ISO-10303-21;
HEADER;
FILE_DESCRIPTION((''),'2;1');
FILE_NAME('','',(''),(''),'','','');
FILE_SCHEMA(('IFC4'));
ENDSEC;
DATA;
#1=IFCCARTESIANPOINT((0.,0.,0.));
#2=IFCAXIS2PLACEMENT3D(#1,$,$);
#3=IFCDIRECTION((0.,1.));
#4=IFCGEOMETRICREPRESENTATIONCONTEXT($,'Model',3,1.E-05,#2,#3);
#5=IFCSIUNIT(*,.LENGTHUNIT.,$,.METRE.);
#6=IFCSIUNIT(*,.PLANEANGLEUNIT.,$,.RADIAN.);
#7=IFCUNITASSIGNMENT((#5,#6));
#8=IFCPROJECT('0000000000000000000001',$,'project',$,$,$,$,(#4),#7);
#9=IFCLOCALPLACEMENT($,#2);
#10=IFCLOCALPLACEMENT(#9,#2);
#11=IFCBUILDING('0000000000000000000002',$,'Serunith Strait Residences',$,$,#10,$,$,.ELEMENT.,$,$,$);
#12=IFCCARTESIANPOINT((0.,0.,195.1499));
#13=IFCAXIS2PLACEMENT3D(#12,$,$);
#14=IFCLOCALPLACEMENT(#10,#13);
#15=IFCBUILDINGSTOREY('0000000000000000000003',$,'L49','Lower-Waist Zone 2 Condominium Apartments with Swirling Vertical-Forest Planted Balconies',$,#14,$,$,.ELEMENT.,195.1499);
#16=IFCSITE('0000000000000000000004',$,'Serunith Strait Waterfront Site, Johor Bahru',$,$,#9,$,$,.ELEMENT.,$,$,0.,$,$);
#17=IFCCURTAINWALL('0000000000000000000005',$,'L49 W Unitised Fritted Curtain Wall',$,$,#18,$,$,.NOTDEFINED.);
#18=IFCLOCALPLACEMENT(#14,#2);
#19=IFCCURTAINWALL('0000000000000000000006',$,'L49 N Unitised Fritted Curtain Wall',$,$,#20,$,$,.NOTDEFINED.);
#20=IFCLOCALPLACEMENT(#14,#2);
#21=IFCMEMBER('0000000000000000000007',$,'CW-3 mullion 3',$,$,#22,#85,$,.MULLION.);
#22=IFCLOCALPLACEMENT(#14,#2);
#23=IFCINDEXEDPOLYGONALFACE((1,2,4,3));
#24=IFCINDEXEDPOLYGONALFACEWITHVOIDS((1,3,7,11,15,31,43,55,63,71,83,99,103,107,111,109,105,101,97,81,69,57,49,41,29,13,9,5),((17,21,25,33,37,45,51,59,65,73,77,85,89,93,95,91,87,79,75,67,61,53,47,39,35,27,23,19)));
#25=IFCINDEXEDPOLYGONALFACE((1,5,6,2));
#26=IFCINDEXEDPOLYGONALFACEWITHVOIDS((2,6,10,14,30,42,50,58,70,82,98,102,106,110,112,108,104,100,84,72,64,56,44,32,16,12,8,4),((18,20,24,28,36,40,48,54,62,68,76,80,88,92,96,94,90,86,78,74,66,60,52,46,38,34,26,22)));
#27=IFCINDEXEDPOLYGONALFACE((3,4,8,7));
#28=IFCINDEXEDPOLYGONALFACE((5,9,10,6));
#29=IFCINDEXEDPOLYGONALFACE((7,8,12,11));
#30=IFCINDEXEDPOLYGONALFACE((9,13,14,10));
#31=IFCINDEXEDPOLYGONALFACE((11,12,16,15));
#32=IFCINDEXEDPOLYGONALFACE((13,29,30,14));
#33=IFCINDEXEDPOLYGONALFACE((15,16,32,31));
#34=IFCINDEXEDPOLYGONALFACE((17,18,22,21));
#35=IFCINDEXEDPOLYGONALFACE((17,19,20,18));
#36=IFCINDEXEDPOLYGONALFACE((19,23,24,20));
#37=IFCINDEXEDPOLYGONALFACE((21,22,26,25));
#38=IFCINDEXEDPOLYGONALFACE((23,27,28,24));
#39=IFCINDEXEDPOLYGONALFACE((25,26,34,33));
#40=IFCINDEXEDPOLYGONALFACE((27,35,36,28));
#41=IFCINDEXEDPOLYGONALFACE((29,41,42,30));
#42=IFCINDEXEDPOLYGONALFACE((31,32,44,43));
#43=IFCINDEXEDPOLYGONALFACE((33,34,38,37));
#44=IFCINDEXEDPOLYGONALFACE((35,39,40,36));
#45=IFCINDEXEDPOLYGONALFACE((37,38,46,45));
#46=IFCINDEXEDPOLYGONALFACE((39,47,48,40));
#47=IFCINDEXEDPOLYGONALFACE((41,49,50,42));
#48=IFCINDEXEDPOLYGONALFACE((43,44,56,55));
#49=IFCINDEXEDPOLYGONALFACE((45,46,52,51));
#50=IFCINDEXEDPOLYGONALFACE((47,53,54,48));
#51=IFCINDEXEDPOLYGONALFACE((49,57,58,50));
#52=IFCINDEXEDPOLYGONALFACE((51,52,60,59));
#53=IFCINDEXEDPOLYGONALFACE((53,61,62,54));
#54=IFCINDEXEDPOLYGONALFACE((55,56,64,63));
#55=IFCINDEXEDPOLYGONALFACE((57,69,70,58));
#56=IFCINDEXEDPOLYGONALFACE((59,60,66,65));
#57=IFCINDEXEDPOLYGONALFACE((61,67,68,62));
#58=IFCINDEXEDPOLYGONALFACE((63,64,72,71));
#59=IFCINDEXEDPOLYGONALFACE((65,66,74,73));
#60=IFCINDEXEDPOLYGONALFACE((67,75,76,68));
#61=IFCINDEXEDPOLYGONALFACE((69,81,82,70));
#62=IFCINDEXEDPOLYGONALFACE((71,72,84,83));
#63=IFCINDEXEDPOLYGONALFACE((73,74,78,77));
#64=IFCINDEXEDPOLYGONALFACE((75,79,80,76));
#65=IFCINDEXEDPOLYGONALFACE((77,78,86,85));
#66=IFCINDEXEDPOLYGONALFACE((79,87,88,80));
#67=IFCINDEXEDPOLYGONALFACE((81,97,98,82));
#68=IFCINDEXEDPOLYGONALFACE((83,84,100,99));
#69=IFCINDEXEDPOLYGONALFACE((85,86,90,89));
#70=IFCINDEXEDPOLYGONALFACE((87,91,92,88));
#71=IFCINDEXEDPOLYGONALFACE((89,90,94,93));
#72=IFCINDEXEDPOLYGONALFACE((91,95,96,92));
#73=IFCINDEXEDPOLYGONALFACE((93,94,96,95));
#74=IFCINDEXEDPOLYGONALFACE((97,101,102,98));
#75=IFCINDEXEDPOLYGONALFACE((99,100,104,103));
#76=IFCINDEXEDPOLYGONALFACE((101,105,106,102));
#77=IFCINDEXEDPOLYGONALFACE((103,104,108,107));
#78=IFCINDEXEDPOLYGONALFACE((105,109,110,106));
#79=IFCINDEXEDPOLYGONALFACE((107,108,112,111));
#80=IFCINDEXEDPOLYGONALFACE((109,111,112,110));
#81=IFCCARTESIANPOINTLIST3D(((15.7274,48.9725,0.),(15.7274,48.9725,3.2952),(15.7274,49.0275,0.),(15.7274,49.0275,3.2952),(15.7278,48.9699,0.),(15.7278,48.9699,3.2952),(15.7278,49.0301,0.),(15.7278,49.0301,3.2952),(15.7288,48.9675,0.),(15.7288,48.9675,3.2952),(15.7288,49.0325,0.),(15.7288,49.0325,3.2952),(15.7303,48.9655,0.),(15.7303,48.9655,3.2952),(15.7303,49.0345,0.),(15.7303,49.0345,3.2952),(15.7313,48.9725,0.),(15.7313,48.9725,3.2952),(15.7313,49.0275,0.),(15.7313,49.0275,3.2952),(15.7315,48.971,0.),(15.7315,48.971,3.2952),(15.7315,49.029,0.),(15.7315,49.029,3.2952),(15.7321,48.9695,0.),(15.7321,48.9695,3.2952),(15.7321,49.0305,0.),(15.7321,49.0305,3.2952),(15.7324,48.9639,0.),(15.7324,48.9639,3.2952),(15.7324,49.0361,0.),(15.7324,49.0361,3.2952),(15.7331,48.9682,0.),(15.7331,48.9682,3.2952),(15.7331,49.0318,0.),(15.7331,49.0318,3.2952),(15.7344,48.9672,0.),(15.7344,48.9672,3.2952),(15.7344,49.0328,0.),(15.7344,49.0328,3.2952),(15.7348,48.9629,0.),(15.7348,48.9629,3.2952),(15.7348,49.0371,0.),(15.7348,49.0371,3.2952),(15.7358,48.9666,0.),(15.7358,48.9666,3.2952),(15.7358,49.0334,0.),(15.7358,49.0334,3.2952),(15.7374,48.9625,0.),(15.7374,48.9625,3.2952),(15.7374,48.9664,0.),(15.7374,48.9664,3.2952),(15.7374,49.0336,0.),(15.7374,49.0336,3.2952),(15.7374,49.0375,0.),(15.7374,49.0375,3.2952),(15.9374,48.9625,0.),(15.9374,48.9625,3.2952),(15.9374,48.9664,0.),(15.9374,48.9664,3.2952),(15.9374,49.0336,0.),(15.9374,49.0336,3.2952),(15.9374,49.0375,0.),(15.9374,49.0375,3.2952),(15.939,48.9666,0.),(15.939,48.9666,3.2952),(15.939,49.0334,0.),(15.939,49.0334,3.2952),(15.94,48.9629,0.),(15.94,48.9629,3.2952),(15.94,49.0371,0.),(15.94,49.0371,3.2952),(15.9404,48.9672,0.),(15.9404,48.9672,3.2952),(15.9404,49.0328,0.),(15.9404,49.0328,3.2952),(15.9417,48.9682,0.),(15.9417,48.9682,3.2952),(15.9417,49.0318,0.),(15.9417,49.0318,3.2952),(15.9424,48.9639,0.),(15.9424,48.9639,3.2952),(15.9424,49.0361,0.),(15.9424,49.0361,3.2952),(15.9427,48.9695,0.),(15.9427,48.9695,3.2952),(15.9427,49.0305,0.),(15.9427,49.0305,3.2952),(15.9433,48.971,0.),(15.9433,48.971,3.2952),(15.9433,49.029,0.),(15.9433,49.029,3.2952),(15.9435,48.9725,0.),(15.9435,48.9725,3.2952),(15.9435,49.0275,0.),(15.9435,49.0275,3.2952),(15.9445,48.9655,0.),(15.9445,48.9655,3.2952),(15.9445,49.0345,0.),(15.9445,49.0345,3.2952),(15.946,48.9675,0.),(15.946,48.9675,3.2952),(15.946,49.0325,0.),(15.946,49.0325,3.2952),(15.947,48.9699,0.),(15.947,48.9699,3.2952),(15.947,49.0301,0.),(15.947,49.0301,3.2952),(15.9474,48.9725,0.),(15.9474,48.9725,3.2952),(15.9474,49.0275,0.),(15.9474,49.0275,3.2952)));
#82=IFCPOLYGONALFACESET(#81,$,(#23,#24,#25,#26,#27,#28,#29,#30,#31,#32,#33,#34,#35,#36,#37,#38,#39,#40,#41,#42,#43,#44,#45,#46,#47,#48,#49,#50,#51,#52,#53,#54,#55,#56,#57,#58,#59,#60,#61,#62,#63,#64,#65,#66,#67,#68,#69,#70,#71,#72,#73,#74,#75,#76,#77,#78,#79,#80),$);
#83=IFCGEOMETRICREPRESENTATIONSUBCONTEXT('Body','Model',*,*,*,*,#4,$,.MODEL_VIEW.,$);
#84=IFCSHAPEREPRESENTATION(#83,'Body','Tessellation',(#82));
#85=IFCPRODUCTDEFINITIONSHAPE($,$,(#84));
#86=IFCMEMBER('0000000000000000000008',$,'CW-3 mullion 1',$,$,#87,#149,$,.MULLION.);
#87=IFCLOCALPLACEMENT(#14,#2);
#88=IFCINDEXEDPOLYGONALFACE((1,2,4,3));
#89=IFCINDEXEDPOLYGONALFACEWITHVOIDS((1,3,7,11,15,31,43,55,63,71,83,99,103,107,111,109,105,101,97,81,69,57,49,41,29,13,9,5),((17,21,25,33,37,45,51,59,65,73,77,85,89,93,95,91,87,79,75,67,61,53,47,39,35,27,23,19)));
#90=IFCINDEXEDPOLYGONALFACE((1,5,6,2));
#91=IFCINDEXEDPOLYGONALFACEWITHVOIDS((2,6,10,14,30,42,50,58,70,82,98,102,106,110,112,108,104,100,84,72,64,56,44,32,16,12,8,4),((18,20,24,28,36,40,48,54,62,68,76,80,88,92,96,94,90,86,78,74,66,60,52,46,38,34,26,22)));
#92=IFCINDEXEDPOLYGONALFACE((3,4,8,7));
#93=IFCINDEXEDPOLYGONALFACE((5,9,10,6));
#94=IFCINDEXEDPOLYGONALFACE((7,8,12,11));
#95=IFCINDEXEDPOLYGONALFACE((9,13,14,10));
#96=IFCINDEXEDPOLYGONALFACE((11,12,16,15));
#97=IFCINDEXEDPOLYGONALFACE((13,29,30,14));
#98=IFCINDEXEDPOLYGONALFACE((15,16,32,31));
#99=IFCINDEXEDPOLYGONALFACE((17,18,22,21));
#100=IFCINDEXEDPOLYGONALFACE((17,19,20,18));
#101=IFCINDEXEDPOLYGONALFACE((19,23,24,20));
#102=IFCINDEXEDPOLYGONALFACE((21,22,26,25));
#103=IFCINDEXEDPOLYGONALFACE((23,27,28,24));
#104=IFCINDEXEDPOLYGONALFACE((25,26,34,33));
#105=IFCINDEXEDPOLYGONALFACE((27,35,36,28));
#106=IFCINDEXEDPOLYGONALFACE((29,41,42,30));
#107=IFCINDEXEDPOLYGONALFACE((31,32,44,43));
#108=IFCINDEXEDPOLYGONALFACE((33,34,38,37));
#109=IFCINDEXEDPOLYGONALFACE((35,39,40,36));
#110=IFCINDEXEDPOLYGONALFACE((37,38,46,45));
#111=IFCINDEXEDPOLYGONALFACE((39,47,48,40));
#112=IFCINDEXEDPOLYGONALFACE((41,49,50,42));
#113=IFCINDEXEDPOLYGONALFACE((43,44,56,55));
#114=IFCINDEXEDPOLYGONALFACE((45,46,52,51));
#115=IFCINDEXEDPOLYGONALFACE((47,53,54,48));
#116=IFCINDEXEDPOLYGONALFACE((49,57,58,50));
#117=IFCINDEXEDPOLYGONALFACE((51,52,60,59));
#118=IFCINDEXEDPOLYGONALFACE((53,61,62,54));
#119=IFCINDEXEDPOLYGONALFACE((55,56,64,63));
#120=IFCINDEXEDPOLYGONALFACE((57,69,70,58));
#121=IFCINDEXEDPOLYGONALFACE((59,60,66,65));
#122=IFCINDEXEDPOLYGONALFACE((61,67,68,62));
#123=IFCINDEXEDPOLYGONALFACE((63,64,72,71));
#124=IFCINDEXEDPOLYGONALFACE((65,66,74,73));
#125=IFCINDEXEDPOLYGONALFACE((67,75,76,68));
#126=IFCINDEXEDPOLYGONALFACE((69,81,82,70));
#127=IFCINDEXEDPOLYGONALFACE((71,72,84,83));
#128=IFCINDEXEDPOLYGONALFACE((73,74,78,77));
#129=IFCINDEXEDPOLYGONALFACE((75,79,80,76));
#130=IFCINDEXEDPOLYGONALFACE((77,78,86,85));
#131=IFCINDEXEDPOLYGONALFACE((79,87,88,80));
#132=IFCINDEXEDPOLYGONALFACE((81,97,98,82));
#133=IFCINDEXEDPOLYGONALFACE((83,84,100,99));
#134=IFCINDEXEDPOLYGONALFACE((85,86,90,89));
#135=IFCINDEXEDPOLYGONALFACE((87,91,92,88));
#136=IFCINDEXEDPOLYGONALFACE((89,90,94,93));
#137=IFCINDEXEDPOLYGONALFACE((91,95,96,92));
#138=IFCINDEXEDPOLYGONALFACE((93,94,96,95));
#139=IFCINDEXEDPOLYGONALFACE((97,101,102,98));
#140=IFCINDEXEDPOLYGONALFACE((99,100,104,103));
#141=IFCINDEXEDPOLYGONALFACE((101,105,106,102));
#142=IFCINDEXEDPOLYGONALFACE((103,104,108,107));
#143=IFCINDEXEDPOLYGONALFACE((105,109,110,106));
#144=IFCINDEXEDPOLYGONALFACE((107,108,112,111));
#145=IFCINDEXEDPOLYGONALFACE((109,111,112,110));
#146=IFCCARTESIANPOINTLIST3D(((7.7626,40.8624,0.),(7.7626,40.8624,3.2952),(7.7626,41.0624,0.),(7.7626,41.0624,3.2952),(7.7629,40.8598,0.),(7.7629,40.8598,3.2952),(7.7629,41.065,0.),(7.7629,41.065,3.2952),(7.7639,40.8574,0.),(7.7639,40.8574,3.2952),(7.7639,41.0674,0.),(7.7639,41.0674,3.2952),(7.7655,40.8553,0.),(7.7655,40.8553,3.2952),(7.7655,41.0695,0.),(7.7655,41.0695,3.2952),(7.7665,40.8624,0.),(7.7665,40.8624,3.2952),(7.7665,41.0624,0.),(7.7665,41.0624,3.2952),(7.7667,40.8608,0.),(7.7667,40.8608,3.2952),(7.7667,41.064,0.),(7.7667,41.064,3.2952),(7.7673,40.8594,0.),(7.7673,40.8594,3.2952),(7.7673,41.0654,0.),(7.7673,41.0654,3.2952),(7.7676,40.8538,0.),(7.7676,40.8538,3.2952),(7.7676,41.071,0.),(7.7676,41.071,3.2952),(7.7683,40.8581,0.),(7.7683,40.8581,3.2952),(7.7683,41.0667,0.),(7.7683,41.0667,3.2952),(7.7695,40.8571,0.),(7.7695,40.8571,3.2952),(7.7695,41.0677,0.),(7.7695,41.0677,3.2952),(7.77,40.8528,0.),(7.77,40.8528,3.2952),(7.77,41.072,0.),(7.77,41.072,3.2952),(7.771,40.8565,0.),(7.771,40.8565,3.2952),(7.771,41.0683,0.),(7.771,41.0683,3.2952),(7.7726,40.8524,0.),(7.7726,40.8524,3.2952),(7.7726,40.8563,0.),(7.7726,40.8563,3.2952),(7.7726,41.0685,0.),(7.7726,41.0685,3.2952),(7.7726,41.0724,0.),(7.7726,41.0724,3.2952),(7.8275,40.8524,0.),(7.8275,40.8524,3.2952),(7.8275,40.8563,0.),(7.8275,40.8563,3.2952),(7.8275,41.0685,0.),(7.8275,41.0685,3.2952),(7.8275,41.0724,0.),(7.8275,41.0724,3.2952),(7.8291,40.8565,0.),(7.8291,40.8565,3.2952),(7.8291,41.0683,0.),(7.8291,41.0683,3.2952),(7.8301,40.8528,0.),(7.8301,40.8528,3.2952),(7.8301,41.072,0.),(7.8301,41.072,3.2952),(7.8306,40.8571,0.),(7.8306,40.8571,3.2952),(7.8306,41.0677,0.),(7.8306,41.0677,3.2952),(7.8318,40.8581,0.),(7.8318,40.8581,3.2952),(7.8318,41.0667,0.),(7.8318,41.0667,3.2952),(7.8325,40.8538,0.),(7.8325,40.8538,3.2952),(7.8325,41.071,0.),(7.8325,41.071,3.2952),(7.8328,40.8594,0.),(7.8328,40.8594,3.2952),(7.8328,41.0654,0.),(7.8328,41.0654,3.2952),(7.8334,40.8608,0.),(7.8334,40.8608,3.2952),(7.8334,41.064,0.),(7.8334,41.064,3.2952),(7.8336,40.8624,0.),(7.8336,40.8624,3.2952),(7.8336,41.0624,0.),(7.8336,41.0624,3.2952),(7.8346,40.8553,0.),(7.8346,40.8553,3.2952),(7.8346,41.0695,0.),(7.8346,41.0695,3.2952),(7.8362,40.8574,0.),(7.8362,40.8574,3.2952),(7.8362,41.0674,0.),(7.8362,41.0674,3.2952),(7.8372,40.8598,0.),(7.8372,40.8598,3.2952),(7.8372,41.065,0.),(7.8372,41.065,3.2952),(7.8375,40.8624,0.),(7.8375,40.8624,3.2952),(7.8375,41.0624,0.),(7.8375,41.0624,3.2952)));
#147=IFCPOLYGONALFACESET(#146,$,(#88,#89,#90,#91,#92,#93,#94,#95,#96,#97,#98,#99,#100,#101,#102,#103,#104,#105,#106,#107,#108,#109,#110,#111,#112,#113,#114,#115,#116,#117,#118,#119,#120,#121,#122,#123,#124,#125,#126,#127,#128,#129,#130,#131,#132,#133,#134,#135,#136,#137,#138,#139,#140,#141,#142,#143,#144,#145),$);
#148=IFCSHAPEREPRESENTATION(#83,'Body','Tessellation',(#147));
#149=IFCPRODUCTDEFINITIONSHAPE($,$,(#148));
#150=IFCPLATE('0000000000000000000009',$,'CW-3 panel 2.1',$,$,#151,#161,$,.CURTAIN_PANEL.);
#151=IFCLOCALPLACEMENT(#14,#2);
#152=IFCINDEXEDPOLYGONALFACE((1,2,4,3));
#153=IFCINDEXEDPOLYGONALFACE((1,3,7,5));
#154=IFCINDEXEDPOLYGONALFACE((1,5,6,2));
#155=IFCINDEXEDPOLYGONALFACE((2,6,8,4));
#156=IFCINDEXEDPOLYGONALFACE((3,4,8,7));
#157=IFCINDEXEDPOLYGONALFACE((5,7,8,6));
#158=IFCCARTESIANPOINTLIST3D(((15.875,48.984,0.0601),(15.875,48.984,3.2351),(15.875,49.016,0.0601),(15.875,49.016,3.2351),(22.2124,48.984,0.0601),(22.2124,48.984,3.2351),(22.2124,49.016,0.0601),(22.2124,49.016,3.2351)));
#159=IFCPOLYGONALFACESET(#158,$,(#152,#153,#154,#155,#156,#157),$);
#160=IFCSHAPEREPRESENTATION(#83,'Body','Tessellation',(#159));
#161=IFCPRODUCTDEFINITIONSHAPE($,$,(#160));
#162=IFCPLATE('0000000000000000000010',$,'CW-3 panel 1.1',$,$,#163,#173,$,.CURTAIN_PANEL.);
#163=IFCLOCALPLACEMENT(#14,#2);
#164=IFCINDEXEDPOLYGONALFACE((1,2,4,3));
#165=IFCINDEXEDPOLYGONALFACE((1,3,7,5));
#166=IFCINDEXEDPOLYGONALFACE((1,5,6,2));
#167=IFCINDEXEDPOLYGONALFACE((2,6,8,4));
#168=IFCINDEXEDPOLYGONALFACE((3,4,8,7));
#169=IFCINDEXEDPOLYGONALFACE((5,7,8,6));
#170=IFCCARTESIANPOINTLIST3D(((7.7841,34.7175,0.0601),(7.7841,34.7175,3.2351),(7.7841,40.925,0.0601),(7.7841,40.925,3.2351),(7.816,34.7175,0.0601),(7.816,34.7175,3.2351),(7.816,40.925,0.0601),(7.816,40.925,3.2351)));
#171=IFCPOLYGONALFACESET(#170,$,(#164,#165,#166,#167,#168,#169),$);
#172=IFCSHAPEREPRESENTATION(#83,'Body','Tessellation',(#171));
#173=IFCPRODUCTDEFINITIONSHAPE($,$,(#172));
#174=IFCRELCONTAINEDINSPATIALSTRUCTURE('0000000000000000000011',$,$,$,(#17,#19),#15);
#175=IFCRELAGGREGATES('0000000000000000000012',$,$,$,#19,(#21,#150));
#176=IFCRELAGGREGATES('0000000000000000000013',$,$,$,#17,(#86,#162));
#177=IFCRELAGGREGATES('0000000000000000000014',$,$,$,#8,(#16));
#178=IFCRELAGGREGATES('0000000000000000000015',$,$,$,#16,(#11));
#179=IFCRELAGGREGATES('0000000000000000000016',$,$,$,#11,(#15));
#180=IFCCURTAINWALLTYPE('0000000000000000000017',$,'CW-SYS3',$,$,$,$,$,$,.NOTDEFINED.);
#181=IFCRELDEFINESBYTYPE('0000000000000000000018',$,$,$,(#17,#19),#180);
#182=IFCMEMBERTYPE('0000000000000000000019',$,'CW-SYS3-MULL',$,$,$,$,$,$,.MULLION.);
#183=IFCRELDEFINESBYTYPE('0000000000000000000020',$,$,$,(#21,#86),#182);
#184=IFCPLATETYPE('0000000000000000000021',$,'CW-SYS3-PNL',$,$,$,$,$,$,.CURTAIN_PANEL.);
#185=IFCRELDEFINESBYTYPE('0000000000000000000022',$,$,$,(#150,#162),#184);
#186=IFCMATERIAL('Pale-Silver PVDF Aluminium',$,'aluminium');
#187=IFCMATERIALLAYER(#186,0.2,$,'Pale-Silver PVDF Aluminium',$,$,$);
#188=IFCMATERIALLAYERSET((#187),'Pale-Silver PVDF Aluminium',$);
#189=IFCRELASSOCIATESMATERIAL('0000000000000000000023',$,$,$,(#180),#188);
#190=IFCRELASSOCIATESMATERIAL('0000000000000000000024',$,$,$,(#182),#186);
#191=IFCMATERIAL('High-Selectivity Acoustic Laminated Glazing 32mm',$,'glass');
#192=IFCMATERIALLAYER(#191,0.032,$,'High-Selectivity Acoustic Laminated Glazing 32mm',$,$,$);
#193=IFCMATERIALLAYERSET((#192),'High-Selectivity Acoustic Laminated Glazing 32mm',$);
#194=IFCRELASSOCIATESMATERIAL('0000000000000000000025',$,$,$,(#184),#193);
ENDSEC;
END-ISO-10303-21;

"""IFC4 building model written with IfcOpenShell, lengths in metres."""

from ifc_helpers import new_model, si_unit, direction, frame, origin, origin_2d, place, context, subcontext, project, spatial, rectangle, hollow_rectangle, extrude, source, transform, mapped, material, layer, layer_set, material_profile, profile_set, type_object, element, aggregate, save


model = new_model("IFC4")

# Units and contexts
model_context = context("Model", 3, precision=1e-05, world=origin(), true_north=direction((0.0, 1.0)))
body_context = subcontext(model_context, "Body", "Model", "MODEL_VIEW")
ifc_project = project(units=[si_unit("LENGTHUNIT", "METRE"), si_unit("PLANEANGLEUNIT", "RADIAN")], contexts=[model_context])

# Site, building, storey
site_placement = place(None, origin())
site = spatial("IfcSite", under=ifc_project, at=site_placement, Name="Serunith Strait Waterfront Site, Johor Bahru", CompositionType="ELEMENT", RefElevation=0.0)
building_placement = place(site_placement, origin())
building = spatial("IfcBuilding", under=site, at=building_placement, Name="Serunith Strait Residences", CompositionType="ELEMENT")
storey_placement = place(building_placement, frame((0.0, 0.0, 195.1499)))
storey = spatial("IfcBuildingStorey", under=building, at=storey_placement, Name="L49", Description="Lower-Waist Zone 2 Condominium Apartments with Swirling Vertical-Forest Planted Balconies", CompositionType="ELEMENT", Elevation=195.1499)

# Curtain wall
ifc_material_1 = material(Name="Pale-Silver PVDF Aluminium", Category="aluminium")
ifc_layer_1 = layer(ifc_material_1, 0.2, Name="Pale-Silver PVDF Aluminium")
ifc_layer_set_1 = layer_set([ifc_layer_1], Name="Pale-Silver PVDF Aluminium")
curtain_wall_type = type_object("IfcCurtainWallType", Name="CW-SYS3", PredefinedType="NOTDEFINED", material=ifc_layer_set_1)
curtain_wall_1_placement = place(storey_placement, origin())
curtain_wall_1 = element("IfcCurtainWall", 1, at=curtain_wall_1_placement, inside=storey, type_object=curtain_wall_type, Name="L49 W Unitised Fritted Curtain Wall", PredefinedType="NOTDEFINED")

# Curtain wall, member
curtain_wall_2_placement = place(storey_placement, origin())
curtain_wall_2 = element("IfcCurtainWall", 2, at=curtain_wall_2_placement, inside=storey, type_object=curtain_wall_type, Name="L49 N Unitised Fritted Curtain Wall", PredefinedType="NOTDEFINED")
ifc_material_profile_1 = material_profile(ifc_material_1, hollow_rectangle(XDim=0.075, YDim=0.22, WallThickness=0.0039, InnerFilletRadius=0.0061, OuterFilletRadius=0.01, at=origin_2d()), Name="ALU 220x75x4")
ifc_profile_set_1 = profile_set([ifc_material_profile_1], Name="Pale-Silver PVDF Aluminium")
member_type_1 = type_object("IfcMemberType", Name="CW-SYS3-MULL", PredefinedType="MULLION", material=ifc_profile_set_1)
shared_shape_1 = source(origin(), body_context, "Body", "SweptSolid", [
    extrude(hollow_rectangle(XDim=0.075, YDim=0.22, WallThickness=0.0039, InnerFilletRadius=0.0061, OuterFilletRadius=0.01, at=origin_2d()), origin(), (0.0, 0.0, 1.0), 3.2952),
])
member_1_placement = place(storey_placement, frame((15.8374, 49.0, 0.0), z_axis=(0.0, 0.0, 1.0), x_axis=(0.0, -1.0, 0.0)))
member_1 = element("IfcMember", 3, at=member_1_placement, type_object=member_type_1, Name="CW-3 mullion 3", PredefinedType="MULLION", context=body_context, shape_type="MappedRepresentation", body=[
    mapped(shared_shape_1, transform((0.0, 0.0, 0.0), scale=1.0)),
])

# Member
member_2_placement = place(storey_placement, frame((7.8, 40.9624, 0.0), z_axis=(0.0, 0.0, 1.0), x_axis=(1.0, 0.0, 0.0)))
member_2 = element("IfcMember", 4, at=member_2_placement, type_object=member_type_1, Name="CW-3 mullion 1", PredefinedType="MULLION", context=body_context, shape_type="MappedRepresentation", body=[
    mapped(shared_shape_1, transform((0.0, 0.0, 0.0), scale=1.0)),
])

# Plates
ifc_material_2 = material(Name="High-Selectivity Acoustic Laminated Glazing 32mm", Category="glass")
ifc_layer_2 = layer(ifc_material_2, 0.032, Name="High-Selectivity Acoustic Laminated Glazing 32mm")
ifc_layer_set_2 = layer_set([ifc_layer_2], Name="High-Selectivity Acoustic Laminated Glazing 32mm")
plate_type = type_object("IfcPlateType", Name="CW-SYS3-PNL", PredefinedType="CURTAIN_PANEL", material=ifc_layer_set_2)
shared_shape_2 = source(origin(), body_context, "Body", "SweptSolid", [
    extrude(rectangle(XDim=6.3374, YDim=0.032, at=origin_2d()), origin(), (0.0, 0.0, 1.0), 3.175),
])
plate_1_placement = place(storey_placement, frame((19.0437, 49.0, 0.0601), z_axis=(0.0, 0.0, 1.0), x_axis=(-1.0, 0.0, 0.0)))
plate_1 = element("IfcPlate", 5, at=plate_1_placement, type_object=plate_type, Name="CW-3 panel 2.1", PredefinedType="CURTAIN_PANEL", context=body_context, shape_type="MappedRepresentation", body=[
    mapped(shared_shape_2, transform((0.0, 0.0, 0.0), scale=1.0)),
])
aggregate(curtain_wall_2, [member_1, plate_1])
shared_shape_3 = source(origin(), body_context, "Body", "SweptSolid", [
    extrude(rectangle(XDim=6.2075, YDim=0.032, at=origin_2d()), origin(), (0.0, 0.0, 1.0), 3.175),
])
plate_2_placement = place(storey_placement, frame((7.8, 37.8213, 0.0601), z_axis=(0.0, 0.0, 1.0), x_axis=(0.0, -1.0, 0.0)))
plate_2 = element("IfcPlate", 6, at=plate_2_placement, type_object=plate_type, Name="CW-3 panel 1.1", PredefinedType="CURTAIN_PANEL", context=body_context, shape_type="MappedRepresentation", body=[
    mapped(shared_shape_3, transform((0.0, 0.0, 0.0), scale=1.0)),
])
aggregate(curtain_wall_1, [member_2, plate_2])

save(model, "model.ifc")
